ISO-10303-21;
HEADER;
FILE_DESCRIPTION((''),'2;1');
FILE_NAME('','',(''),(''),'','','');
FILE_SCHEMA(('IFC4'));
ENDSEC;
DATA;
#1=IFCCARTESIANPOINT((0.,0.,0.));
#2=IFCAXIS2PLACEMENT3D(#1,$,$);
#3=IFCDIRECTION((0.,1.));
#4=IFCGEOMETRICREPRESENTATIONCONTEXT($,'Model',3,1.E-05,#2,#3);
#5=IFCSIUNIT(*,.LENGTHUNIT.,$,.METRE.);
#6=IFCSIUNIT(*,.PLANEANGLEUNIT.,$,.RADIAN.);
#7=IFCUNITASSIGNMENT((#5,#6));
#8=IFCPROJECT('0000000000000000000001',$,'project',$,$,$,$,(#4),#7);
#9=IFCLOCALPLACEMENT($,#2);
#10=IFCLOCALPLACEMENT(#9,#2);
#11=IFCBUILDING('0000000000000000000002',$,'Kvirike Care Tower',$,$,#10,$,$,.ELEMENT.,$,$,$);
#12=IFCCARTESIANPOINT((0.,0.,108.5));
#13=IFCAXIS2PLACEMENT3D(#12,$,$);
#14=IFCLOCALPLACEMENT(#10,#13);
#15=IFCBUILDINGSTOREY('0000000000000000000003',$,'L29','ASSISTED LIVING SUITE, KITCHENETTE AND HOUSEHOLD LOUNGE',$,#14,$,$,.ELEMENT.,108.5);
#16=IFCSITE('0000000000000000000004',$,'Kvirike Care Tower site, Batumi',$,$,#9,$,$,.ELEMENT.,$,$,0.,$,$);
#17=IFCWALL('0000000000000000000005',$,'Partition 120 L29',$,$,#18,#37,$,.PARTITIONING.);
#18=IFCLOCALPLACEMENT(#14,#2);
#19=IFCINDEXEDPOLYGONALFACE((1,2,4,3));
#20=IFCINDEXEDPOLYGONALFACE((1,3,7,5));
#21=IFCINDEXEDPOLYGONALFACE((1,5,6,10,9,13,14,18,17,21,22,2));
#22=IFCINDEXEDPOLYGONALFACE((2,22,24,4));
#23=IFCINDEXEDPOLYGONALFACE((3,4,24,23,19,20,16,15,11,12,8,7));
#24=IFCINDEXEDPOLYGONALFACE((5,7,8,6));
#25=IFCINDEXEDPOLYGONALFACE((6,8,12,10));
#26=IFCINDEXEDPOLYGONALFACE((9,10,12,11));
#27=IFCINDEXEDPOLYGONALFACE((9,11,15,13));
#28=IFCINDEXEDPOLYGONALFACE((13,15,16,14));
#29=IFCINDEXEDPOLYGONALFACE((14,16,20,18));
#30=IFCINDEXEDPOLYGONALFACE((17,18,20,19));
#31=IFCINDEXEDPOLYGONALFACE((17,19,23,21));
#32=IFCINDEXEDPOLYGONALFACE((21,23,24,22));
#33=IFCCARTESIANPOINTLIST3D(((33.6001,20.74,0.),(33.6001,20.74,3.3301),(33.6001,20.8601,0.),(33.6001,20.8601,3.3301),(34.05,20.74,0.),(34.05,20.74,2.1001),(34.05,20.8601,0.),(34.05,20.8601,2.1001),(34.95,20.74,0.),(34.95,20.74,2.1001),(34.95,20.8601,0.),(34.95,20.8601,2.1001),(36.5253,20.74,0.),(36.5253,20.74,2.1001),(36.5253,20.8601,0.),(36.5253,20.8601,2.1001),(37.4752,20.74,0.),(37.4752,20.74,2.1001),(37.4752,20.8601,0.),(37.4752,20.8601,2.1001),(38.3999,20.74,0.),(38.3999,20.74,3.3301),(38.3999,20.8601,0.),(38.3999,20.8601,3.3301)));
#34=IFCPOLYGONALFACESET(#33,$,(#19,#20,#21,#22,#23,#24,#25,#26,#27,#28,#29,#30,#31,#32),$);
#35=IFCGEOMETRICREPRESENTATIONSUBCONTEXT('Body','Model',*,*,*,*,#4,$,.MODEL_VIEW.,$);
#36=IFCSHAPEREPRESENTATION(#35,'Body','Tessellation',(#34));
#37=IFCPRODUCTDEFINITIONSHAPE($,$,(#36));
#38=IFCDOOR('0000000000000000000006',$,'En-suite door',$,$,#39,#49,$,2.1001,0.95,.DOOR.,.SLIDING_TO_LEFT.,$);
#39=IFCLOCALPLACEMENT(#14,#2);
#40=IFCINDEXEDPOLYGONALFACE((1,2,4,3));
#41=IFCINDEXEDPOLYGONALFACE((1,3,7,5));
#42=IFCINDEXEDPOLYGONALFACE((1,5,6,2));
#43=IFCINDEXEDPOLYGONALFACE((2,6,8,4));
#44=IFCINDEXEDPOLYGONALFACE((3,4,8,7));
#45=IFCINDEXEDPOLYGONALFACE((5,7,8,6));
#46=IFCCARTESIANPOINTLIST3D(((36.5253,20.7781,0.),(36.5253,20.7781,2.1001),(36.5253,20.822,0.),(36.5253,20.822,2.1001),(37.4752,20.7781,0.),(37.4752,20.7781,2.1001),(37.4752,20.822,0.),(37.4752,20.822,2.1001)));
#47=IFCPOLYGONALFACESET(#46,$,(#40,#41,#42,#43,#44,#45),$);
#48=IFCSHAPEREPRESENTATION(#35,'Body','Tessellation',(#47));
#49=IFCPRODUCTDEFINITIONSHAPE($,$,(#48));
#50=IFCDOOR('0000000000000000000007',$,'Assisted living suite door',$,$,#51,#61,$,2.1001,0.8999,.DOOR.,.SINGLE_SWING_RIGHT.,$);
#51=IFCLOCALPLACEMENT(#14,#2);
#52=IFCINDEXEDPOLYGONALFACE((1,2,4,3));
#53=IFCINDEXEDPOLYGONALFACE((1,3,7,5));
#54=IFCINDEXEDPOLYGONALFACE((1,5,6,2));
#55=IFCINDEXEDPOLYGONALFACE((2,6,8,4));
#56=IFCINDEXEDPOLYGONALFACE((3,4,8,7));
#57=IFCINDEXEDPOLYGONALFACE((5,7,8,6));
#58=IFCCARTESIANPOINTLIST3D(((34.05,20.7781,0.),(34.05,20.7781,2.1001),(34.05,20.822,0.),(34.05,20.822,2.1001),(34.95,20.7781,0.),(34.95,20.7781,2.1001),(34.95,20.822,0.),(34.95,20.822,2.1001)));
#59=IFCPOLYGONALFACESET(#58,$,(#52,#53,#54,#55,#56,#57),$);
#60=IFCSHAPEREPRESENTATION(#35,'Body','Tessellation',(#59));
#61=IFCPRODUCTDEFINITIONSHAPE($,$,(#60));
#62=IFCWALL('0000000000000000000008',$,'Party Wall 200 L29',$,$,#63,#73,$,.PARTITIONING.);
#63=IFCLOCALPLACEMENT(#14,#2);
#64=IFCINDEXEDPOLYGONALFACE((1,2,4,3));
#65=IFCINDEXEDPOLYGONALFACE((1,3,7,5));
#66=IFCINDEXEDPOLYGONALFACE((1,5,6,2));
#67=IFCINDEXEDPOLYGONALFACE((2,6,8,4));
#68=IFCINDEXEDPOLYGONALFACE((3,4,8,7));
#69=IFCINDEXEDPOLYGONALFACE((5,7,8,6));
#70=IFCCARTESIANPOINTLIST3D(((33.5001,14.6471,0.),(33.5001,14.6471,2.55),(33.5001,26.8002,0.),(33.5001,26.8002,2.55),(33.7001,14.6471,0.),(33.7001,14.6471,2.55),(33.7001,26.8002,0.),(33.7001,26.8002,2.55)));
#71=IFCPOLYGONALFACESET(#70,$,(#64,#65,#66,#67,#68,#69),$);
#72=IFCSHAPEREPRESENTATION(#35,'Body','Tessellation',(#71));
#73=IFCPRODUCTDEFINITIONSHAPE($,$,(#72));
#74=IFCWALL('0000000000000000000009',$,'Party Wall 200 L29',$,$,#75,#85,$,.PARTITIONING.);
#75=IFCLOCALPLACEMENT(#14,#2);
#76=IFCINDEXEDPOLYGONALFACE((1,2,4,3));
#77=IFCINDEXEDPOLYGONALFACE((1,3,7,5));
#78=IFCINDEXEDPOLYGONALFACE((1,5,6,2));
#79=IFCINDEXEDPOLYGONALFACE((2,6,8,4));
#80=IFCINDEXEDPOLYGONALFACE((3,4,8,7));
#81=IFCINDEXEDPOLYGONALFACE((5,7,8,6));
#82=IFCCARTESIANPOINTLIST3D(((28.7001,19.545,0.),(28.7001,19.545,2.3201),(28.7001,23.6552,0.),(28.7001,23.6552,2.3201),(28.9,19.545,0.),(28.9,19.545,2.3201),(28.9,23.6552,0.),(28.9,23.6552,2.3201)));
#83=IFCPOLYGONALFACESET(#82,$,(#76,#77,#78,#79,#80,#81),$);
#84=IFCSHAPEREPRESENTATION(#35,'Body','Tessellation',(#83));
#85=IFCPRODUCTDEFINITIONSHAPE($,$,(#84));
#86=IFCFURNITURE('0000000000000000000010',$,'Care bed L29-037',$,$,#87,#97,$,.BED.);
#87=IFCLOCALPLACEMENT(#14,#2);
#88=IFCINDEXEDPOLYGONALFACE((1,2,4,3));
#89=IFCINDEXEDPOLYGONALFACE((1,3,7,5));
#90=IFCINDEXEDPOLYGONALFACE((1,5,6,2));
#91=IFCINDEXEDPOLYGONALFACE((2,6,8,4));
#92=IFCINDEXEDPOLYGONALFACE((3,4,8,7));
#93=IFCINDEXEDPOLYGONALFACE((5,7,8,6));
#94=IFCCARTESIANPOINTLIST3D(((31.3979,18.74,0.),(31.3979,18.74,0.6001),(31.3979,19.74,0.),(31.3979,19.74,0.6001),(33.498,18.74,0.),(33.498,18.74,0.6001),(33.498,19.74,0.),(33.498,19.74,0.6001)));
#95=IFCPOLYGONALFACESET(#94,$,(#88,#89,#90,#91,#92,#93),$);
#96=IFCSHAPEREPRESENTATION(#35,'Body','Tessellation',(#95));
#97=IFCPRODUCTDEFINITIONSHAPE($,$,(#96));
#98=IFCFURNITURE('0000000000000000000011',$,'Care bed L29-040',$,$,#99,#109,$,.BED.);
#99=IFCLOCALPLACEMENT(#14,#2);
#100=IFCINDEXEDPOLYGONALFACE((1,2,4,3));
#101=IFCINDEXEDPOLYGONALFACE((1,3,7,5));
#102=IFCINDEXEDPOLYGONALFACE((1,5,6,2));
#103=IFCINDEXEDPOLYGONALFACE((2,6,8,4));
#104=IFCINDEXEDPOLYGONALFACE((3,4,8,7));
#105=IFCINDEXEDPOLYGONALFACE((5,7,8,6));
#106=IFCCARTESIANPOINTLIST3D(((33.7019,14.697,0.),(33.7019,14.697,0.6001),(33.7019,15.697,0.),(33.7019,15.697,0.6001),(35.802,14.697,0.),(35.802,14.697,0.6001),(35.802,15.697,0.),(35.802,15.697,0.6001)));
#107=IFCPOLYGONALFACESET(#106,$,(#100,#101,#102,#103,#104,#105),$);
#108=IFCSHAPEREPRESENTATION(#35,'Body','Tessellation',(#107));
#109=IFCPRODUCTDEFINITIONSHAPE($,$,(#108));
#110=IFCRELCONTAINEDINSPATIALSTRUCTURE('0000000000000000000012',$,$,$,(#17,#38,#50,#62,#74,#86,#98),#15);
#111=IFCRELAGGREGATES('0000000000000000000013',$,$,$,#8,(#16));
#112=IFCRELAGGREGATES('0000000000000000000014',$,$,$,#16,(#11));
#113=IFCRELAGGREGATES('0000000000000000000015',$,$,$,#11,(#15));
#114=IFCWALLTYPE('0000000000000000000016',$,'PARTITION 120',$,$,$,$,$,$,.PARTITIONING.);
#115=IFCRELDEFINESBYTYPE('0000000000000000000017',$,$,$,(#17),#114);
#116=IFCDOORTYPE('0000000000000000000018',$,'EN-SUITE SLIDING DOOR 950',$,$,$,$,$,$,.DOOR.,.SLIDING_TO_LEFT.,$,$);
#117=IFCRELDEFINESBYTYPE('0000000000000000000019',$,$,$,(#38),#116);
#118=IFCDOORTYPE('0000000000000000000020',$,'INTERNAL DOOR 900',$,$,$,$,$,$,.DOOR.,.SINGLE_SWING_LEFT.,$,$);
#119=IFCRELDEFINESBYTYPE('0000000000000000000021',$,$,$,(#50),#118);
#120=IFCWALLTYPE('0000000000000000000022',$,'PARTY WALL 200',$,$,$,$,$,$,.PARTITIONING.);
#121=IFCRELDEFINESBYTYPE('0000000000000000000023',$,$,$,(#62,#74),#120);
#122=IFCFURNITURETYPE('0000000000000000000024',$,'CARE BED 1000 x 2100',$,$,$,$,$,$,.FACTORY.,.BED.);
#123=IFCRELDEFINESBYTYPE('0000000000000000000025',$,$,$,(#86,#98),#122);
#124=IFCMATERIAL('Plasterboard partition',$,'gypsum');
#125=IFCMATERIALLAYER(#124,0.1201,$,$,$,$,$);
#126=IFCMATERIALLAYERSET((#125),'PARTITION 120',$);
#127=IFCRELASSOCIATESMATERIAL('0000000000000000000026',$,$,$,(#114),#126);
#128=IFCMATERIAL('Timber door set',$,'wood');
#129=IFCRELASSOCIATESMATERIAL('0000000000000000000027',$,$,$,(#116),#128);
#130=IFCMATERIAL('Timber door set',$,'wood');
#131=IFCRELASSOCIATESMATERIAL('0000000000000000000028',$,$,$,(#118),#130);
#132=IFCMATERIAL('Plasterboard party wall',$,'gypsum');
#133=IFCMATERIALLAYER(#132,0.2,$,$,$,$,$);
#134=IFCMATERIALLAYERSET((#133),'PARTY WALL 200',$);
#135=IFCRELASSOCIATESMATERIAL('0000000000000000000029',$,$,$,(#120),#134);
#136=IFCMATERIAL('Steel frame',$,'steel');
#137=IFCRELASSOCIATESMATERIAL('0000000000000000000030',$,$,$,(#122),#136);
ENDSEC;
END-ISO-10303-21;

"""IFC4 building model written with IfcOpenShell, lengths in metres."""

from ifc_helpers import new_model, si_unit, direction, frame, frame_2d, origin, origin_2d, place, context, subcontext, project, spatial, rectangle, extrude, material, layer, layer_set, type_object, element, fill, save


model = new_model("IFC4")

# Units and contexts
model_context = context("Model", 3, precision=1e-05, world=origin(), true_north=direction((0.0, 1.0)))
body_context = subcontext(model_context, "Body", "Model", "MODEL_VIEW")
ifc_project = project(units=[si_unit("LENGTHUNIT", "METRE"), si_unit("PLANEANGLEUNIT", "RADIAN")], contexts=[model_context])

# Site, building, storey
site_placement = place(None, origin())
site = spatial("IfcSite", under=ifc_project, at=site_placement, Name="Kvirike Care Tower site, Batumi", CompositionType="ELEMENT", RefElevation=0.0)
building_placement = place(site_placement, origin())
building = spatial("IfcBuilding", under=site, at=building_placement, Name="Kvirike Care Tower", CompositionType="ELEMENT")
storey_placement = place(building_placement, frame((0.0, 0.0, 108.5)))
storey = spatial("IfcBuildingStorey", under=building, at=storey_placement, Name="L29", Description="ASSISTED LIVING SUITE, KITCHENETTE AND HOUSEHOLD LOUNGE", CompositionType="ELEMENT", Elevation=108.5)

# Wall, openings, doors
ifc_material_1 = material(Name="Plasterboard partition", Category="gypsum")
ifc_layer_1 = layer(ifc_material_1, 0.1201)
ifc_layer_set_1 = layer_set([ifc_layer_1], Name="PARTITION 120")
wall_type_1 = type_object("IfcWallType", Name="PARTITION 120", PredefinedType="PARTITIONING", material=ifc_layer_set_1)
ifc_material_2 = material(Name="Timber door set", Category="wood")
door_type_1 = type_object("IfcDoorType", Name="EN-SUITE SLIDING DOOR 950", OperationType="SLIDING_TO_LEFT", PredefinedType="DOOR", material=ifc_material_2)
ifc_material_3 = material(Name="Timber door set", Category="wood")
door_type_2 = type_object("IfcDoorType", Name="INTERNAL DOOR 900", OperationType="SINGLE_SWING_LEFT", PredefinedType="DOOR", material=ifc_material_3)
wall_1_placement = place(storey_placement, frame((33.6001, 20.8, 0.0), z_axis=(0.0, 0.0, 1.0), x_axis=(1.0, 0.0, 0.0)))
wall_1 = element("IfcWall", 1, at=wall_1_placement, inside=storey, type_object=wall_type_1, Name="Partition 120 L29", PredefinedType="PARTITIONING", context=body_context, shape_type="SweptSolid", body=[
    extrude(rectangle(XDim=4.7998, YDim=0.1201, at=frame_2d((2.3999, 0.0))), origin(), (0.0, 0.0, 1.0), 3.3301),
])
opening_1_placement = place(wall_1_placement, frame((0.45, 0.0, 0.0)))
opening_1 = element("IfcOpeningElement", 2, at=opening_1_placement, cuts=wall_1, PredefinedType="OPENING", context=body_context, shape_type="SweptSolid", body=[
    extrude(rectangle(XDim=0.8999, YDim=2.1001, at=frame_2d((0.45, 1.05))), frame((0.0, 0.0706, 0.0), z_axis=(0.0, -1.0, 0.0), x_axis=(1.0, 0.0, 0.0)), (0.0, 0.0, 1.0), 0.1411),
])
opening_2_placement = place(wall_1_placement, frame((2.925, 0.0, 0.0)))
opening_2 = element("IfcOpeningElement", 3, at=opening_2_placement, cuts=wall_1, PredefinedType="OPENING", context=body_context, shape_type="SweptSolid", body=[
    extrude(rectangle(XDim=0.95, YDim=2.1001, at=frame_2d((0.4751, 1.05))), frame((0.0, 0.0706, 0.0), z_axis=(0.0, -1.0, 0.0), x_axis=(1.0, 0.0, 0.0)), (0.0, 0.0, 1.0), 0.1411),
])
door_1_placement = place(opening_2_placement, origin())
door_1 = element("IfcDoor", 4, at=door_1_placement, inside=storey, type_object=door_type_1, Name="En-suite door", OperationType="SLIDING_TO_LEFT", OverallHeight=2.1001, OverallWidth=0.95, PredefinedType="DOOR", context=body_context, shape_type="SweptSolid", body=[
    extrude(rectangle(XDim=0.95, YDim=2.1001, at=frame_2d((0.4751, 1.05))), frame((0.0, 0.022, 0.0), z_axis=(0.0, -1.0, 0.0), x_axis=(1.0, 0.0, 0.0)), (0.0, 0.0, 1.0), 0.0439),
])
fill(opening_2, door_1)
door_2_placement = place(opening_1_placement, origin())
door_2 = element("IfcDoor", 5, at=door_2_placement, inside=storey, type_object=door_type_2, Name="Assisted living suite door", OperationType="SINGLE_SWING_RIGHT", OverallHeight=2.1001, OverallWidth=0.8999, PredefinedType="DOOR", context=body_context, shape_type="SweptSolid", body=[
    extrude(rectangle(XDim=0.8999, YDim=2.1001, at=frame_2d((0.45, 1.05))), frame((0.0, 0.022, 0.0), z_axis=(0.0, -1.0, 0.0), x_axis=(1.0, 0.0, 0.0)), (0.0, 0.0, 1.0), 0.0439),
])
fill(opening_1, door_2)

# Walls
ifc_material_4 = material(Name="Plasterboard party wall", Category="gypsum")
ifc_layer_2 = layer(ifc_material_4, 0.2)
ifc_layer_set_2 = layer_set([ifc_layer_2], Name="PARTY WALL 200")
wall_type_2 = type_object("IfcWallType", Name="PARTY WALL 200", PredefinedType="PARTITIONING", material=ifc_layer_set_2)
wall_2_placement = place(storey_placement, frame((33.6001, 14.647, 0.0), z_axis=(0.0, 0.0, 1.0), x_axis=(0.0, 1.0, 0.0)))
element("IfcWall", 6, at=wall_2_placement, inside=storey, type_object=wall_type_2, Name="Party Wall 200 L29", PredefinedType="PARTITIONING", context=body_context, shape_type="SweptSolid", body=[
    extrude(rectangle(XDim=12.1531, YDim=0.2, at=frame_2d((6.0767, 0.0))), origin(), (0.0, 0.0, 1.0), 2.55),
])
wall_3_placement = place(storey_placement, frame((28.8, 19.5449, 0.0), z_axis=(0.0, 0.0, 1.0), x_axis=(0.0, 1.0, 0.0)))
element("IfcWall", 7, at=wall_3_placement, inside=storey, type_object=wall_type_2, Name="Party Wall 200 L29", PredefinedType="PARTITIONING", context=body_context, shape_type="SweptSolid", body=[
    extrude(rectangle(XDim=4.1101, YDim=0.2, at=frame_2d((2.0552, 0.0))), origin(), (0.0, 0.0, 1.0), 2.3201),
])

# Furniture
ifc_material_5 = material(Name="Steel frame", Category="steel")
furniture_type = type_object("IfcFurnitureType", Name="CARE BED 1000 x 2100", AssemblyPlace="FACTORY", PredefinedType="BED", material=ifc_material_5)
for number, where, z_axis, x_axis, name in (
    (8, (32.448, 19.24, 0.0), (0.0, 0.0, 1.0), (0.0, -1.0, 0.0), "Care bed L29-037"),
    (9, (34.752, 15.197, 0.0), (0.0, 0.0, 1.0), (0.0, 1.0, 0.0), "Care bed L29-040"),
):
    element("IfcFurniture", number, at=place(storey_placement, frame(where, z_axis=z_axis, x_axis=x_axis)), inside=storey, type_object=furniture_type, Name=name, PredefinedType="BED", context=body_context, shape_type="SweptSolid", body=[
        extrude(rectangle(XDim=1.0, YDim=2.1001, at=origin_2d()), origin(), (0.0, 0.0, 1.0), 0.6001),
    ])

save(model, "model.ifc")
